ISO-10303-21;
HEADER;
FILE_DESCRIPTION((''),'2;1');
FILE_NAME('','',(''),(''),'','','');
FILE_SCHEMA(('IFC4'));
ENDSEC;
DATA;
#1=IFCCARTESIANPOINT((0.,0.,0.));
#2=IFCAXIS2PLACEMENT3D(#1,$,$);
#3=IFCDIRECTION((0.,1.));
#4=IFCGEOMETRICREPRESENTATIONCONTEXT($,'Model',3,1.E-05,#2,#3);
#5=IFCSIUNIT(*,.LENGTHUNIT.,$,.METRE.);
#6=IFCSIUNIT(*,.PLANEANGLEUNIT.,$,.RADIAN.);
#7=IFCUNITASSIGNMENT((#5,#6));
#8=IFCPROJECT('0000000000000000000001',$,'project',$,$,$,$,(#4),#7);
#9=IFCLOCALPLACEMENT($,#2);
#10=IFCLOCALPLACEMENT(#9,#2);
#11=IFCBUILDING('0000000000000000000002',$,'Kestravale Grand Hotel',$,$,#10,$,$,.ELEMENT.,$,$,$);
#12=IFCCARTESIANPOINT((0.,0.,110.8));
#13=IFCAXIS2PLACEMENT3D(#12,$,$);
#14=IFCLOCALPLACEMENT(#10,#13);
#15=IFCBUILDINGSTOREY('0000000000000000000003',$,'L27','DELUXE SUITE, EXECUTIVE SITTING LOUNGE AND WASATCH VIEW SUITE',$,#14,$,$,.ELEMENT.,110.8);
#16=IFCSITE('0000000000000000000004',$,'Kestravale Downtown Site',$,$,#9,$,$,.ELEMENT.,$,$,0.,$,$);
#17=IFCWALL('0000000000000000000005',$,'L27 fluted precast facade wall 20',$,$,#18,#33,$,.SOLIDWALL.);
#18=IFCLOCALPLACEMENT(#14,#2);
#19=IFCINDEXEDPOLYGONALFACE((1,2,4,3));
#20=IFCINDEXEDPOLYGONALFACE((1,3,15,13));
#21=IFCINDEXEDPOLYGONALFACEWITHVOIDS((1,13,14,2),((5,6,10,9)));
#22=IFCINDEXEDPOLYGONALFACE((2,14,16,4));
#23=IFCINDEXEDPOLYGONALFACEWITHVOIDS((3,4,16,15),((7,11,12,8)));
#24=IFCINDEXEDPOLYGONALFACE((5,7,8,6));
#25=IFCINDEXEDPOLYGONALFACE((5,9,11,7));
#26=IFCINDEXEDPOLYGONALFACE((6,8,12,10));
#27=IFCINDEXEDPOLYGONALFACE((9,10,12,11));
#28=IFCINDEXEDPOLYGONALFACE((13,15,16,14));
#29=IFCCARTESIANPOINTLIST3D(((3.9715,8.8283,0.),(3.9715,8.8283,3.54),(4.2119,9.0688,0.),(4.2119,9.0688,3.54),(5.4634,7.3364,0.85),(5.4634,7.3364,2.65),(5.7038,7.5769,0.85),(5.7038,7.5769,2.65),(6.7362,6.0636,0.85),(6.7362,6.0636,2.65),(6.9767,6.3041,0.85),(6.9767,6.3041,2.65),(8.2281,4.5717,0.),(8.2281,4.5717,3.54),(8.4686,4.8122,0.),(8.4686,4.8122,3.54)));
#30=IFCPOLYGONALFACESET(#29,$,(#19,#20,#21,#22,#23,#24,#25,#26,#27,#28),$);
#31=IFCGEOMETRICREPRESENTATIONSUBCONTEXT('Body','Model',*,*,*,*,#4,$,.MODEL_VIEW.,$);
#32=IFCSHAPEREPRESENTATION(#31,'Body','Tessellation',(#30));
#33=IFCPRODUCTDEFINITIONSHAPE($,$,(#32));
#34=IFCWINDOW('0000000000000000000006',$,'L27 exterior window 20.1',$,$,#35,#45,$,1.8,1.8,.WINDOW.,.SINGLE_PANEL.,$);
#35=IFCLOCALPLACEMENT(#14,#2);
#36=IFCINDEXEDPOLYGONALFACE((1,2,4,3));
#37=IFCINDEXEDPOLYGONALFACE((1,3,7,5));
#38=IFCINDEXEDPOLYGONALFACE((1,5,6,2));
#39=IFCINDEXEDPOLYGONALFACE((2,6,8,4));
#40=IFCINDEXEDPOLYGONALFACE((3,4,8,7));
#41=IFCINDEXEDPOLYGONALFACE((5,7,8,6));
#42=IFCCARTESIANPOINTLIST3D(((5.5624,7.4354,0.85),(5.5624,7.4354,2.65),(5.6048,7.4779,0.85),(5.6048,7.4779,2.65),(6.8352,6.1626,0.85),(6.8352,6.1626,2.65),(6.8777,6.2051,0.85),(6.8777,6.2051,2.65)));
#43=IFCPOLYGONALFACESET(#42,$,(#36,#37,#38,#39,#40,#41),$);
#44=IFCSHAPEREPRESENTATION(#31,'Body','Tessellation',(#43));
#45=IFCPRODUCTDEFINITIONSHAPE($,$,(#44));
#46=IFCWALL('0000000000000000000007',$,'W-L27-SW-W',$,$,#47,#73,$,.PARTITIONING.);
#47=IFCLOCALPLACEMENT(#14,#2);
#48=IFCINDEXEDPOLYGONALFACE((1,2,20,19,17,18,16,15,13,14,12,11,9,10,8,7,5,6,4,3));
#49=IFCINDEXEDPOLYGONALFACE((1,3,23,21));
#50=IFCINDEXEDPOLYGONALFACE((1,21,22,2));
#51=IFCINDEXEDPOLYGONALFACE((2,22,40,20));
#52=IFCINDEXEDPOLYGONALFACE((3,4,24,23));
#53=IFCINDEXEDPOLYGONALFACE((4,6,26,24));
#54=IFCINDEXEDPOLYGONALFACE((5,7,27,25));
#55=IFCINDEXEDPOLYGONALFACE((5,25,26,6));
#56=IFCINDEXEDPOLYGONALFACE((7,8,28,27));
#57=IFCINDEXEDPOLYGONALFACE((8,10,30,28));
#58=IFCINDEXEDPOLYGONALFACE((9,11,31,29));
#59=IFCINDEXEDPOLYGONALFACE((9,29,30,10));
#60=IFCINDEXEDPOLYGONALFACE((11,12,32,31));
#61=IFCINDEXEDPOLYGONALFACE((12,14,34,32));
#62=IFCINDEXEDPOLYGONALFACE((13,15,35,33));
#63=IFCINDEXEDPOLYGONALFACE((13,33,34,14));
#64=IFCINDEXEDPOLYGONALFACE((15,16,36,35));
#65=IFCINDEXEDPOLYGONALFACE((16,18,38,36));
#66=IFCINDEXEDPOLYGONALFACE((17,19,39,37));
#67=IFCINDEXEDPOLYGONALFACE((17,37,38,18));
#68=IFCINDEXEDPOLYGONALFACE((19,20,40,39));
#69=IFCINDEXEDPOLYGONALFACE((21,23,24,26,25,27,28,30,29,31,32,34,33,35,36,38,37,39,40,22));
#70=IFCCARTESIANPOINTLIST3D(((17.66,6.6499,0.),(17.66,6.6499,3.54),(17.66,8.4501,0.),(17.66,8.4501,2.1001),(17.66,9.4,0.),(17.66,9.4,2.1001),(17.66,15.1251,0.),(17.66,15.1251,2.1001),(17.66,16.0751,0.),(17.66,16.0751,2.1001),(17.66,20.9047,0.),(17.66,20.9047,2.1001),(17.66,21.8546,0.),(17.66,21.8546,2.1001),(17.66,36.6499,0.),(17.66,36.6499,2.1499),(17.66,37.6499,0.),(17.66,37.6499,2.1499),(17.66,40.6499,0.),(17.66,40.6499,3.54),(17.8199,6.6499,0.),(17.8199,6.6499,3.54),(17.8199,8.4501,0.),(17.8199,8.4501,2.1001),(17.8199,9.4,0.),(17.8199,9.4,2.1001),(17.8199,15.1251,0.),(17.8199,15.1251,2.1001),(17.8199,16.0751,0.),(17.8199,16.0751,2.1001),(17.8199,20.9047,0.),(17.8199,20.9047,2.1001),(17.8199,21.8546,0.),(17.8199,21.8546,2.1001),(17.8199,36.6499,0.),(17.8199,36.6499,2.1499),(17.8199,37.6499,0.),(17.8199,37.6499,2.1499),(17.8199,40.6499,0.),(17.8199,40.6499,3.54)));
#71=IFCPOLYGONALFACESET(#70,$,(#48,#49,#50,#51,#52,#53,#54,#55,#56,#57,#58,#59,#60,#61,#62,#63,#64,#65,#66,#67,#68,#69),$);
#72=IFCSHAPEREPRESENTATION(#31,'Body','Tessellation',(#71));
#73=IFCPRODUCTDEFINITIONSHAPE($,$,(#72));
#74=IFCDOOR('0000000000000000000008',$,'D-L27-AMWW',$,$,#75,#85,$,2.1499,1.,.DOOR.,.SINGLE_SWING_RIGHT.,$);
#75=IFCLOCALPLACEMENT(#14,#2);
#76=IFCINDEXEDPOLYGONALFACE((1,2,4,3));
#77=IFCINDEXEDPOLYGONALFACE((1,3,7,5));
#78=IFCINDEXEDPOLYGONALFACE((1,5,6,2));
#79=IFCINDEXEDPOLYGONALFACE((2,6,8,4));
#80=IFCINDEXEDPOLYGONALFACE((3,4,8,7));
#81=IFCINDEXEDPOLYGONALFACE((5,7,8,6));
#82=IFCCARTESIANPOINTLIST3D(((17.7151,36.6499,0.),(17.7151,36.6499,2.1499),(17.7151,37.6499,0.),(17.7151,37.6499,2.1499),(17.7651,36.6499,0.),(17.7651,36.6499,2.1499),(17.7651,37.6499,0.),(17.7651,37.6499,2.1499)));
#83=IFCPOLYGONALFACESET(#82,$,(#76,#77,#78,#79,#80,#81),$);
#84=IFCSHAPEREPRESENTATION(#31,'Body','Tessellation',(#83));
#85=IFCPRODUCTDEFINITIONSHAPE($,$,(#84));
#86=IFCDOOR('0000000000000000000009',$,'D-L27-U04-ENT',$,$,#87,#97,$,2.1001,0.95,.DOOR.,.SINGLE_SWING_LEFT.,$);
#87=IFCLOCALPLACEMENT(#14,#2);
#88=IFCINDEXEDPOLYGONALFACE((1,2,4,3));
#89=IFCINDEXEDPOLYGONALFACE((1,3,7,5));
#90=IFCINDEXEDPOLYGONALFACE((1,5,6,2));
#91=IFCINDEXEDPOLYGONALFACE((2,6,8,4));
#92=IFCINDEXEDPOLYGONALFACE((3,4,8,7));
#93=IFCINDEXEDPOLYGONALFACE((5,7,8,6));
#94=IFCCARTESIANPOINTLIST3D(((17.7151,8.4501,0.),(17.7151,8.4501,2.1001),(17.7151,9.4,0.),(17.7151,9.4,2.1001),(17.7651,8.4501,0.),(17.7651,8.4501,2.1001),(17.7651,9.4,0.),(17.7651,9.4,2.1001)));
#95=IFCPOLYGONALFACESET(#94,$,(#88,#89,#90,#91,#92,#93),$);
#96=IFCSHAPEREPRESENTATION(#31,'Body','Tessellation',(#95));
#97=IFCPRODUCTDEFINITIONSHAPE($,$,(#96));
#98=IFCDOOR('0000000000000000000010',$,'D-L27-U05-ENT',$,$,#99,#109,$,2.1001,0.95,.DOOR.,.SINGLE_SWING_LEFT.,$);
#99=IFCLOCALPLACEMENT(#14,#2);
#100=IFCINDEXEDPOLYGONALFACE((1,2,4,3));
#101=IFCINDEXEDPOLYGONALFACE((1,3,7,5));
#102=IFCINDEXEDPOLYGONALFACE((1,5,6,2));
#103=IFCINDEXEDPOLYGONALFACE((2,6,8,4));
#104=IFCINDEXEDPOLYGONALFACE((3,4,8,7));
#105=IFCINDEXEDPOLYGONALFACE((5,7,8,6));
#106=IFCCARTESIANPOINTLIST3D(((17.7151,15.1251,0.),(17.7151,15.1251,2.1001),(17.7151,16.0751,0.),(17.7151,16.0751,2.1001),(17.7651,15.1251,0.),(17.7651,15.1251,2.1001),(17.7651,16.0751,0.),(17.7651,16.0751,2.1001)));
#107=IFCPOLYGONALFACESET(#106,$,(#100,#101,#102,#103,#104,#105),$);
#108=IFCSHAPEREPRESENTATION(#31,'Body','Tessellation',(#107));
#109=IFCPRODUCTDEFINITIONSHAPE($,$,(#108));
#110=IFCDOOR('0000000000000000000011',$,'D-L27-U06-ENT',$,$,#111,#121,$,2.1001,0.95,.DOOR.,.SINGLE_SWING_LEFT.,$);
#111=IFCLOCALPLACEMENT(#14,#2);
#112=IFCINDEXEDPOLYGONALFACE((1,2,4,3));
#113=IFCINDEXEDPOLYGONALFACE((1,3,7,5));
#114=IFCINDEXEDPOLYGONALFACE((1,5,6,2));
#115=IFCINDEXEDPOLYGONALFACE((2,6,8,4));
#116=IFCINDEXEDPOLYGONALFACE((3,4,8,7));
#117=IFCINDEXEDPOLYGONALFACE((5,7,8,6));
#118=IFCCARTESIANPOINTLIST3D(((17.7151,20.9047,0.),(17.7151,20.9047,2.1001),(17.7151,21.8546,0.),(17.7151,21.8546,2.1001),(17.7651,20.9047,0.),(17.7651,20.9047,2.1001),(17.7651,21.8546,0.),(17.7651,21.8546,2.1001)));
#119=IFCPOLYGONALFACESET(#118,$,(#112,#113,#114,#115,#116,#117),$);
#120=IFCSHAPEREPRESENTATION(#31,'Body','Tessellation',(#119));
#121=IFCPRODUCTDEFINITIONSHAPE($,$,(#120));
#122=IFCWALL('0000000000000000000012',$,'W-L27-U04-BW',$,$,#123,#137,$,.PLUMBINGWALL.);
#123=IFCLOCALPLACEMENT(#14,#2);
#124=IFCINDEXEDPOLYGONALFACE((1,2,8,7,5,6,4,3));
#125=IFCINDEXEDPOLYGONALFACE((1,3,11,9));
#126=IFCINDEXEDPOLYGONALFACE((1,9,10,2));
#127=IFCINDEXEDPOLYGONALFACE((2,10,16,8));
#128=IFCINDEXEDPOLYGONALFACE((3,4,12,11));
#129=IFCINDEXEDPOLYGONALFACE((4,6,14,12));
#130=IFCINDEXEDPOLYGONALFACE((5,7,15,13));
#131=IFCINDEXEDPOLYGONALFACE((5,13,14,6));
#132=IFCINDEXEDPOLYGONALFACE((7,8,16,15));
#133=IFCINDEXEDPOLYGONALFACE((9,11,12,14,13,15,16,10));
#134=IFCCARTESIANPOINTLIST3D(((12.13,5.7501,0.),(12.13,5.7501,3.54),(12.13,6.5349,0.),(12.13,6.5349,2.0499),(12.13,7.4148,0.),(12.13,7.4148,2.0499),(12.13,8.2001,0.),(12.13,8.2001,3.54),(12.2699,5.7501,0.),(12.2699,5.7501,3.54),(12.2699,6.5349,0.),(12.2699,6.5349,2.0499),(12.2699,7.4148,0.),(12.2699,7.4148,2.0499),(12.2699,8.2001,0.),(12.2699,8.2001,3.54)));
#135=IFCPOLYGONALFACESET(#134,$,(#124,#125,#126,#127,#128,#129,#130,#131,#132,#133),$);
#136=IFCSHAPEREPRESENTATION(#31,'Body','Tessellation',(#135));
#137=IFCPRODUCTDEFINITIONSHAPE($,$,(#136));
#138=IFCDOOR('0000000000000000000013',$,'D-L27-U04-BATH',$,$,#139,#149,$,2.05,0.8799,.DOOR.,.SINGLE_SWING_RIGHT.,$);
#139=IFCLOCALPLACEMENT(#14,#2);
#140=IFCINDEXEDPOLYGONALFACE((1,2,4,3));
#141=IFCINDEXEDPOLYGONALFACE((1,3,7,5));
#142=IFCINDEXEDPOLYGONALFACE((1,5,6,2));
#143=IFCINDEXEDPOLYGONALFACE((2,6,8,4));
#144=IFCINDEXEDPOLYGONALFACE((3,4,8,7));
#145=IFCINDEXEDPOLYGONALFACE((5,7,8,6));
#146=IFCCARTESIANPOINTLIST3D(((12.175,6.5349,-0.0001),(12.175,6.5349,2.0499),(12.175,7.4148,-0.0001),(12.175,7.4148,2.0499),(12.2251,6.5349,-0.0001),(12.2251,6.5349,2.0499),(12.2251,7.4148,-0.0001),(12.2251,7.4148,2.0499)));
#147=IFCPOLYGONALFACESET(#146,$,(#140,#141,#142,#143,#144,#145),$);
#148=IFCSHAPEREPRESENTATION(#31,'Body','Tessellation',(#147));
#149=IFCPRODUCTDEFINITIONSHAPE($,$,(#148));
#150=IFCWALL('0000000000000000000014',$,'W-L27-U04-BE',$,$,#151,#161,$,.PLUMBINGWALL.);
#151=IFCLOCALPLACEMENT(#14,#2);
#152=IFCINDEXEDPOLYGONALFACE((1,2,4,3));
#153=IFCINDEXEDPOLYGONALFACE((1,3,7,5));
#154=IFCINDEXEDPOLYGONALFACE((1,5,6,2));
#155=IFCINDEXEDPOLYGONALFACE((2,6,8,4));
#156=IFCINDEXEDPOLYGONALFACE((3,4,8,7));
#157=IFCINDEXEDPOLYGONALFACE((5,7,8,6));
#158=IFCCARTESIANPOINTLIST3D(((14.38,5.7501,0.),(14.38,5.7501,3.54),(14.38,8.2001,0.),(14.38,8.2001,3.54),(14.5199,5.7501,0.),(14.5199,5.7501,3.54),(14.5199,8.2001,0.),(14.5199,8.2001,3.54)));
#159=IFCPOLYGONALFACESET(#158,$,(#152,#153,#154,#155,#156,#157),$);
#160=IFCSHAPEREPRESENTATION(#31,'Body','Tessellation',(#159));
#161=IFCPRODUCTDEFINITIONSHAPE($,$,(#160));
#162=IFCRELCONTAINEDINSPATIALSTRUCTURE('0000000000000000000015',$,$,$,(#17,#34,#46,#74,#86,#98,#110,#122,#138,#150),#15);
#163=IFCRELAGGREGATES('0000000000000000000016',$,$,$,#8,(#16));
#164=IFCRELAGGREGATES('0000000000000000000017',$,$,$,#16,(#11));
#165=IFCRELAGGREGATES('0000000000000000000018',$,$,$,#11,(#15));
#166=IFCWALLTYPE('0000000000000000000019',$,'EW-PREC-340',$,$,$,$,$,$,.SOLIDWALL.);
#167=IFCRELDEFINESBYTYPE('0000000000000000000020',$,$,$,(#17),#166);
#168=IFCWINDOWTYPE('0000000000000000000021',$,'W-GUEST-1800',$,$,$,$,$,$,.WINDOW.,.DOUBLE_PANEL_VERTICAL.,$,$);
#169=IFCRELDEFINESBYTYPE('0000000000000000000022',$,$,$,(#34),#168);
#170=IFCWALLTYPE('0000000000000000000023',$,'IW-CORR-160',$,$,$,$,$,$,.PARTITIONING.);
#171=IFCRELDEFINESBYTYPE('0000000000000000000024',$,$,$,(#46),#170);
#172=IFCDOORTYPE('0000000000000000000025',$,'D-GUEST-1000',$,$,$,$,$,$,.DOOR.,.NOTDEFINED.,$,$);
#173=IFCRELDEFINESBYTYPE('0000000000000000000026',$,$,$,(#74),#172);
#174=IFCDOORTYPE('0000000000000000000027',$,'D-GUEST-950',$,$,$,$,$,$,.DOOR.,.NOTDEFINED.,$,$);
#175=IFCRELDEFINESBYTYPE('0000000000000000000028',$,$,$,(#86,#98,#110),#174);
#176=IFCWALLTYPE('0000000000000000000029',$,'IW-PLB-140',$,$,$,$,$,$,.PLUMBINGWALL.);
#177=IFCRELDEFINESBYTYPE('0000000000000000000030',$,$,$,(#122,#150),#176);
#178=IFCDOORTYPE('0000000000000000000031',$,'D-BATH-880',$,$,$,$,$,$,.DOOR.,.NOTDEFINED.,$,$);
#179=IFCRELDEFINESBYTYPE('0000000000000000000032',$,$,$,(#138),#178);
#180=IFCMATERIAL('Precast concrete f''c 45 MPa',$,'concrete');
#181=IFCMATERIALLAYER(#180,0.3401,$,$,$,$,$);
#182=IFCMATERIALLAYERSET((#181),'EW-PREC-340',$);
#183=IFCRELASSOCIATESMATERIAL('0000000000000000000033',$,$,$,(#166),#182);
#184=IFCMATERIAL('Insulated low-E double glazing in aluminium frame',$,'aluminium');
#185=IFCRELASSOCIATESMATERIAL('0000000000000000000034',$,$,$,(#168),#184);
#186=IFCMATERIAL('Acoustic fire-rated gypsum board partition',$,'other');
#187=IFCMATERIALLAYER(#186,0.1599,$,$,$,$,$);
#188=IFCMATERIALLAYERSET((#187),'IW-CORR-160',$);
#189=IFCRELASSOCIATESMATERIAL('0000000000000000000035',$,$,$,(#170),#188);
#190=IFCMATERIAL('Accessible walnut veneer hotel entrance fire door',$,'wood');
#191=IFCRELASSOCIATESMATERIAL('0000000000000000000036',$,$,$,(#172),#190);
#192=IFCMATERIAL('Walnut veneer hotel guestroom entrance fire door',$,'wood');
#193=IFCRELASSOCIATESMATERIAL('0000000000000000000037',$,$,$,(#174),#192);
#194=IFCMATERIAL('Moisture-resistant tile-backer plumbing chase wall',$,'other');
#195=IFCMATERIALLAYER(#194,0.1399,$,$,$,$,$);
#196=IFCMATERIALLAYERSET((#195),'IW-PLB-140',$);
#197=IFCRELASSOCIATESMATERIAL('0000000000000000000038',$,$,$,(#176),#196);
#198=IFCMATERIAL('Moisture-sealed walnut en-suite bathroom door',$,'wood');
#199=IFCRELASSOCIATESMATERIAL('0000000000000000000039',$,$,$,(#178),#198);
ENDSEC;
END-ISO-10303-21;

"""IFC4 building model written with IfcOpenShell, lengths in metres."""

from ifc_helpers import new_model, si_unit, direction, frame, frame_2d, origin, place, context, subcontext, project, spatial, rectangle, extrude, material, layer, layer_set, type_object, element, fill, save


model = new_model("IFC4")

# Units and contexts
model_context = context("Model", 3, precision=1e-05, world=origin(), true_north=direction((0.0, 1.0)))
body_context = subcontext(model_context, "Body", "Model", "MODEL_VIEW")
ifc_project = project(units=[si_unit("LENGTHUNIT", "METRE"), si_unit("PLANEANGLEUNIT", "RADIAN")], contexts=[model_context])

# Site, building, storey
site_placement = place(None, origin())
site = spatial("IfcSite", under=ifc_project, at=site_placement, Name="Kestravale Downtown Site", CompositionType="ELEMENT", RefElevation=0.0)
building_placement = place(site_placement, origin())
building = spatial("IfcBuilding", under=site, at=building_placement, Name="Kestravale Grand Hotel", CompositionType="ELEMENT")
storey_placement = place(building_placement, frame((0.0, 0.0, 110.8)))
storey = spatial("IfcBuildingStorey", under=building, at=storey_placement, Name="L27", Description="DELUXE SUITE, EXECUTIVE SITTING LOUNGE AND WASATCH VIEW SUITE", CompositionType="ELEMENT", Elevation=110.8)

# Wall, opening, window
ifc_material_1 = material(Name="Precast concrete f'c 45 MPa", Category="concrete")
ifc_layer_1 = layer(ifc_material_1, 0.3401)
ifc_layer_set_1 = layer_set([ifc_layer_1], Name="EW-PREC-340")
wall_type_1 = type_object("IfcWallType", Name="EW-PREC-340", PredefinedType="SOLIDWALL", material=ifc_layer_set_1)
ifc_material_2 = material(Name="Insulated low-E double glazing in aluminium frame", Category="aluminium")
window_type = type_object("IfcWindowType", Name="W-GUEST-1800", PartitioningType="DOUBLE_PANEL_VERTICAL", PredefinedType="WINDOW", material=ifc_material_2)
wall_1_placement = place(storey_placement, frame((4.0918, 8.9485, 0.0), z_axis=(0.0, 0.0, 1.0), x_axis=(0.707107, -0.707107, 0.0)))
wall_1 = element("IfcWall", 1, at=wall_1_placement, inside=storey, type_object=wall_type_1, Name="L27 fluted precast facade wall 20", PredefinedType="SOLIDWALL", context=body_context, shape_type="SweptSolid", body=[
    extrude(rectangle(XDim=6.0198, YDim=0.3401, at=frame_2d((3.0098, 0.0))), origin(), (0.0, 0.0, 1.0), 3.54),
])
opening_1_placement = place(wall_1_placement, frame((2.1099, 0.0, 0.8501)))
opening_1 = element("IfcOpeningElement", 2, at=opening_1_placement, cuts=wall_1, PredefinedType="OPENING", context=body_context, shape_type="SweptSolid", body=[
    extrude(rectangle(XDim=1.8, YDim=1.8, at=frame_2d((0.8999, 0.8999))), frame((0.0, 0.1799, 0.0), z_axis=(0.0, -1.0, 0.0), x_axis=(1.0, 0.0, 0.0)), (0.0, 0.0, 1.0), 0.3601),
])
window_1_placement = place(opening_1_placement, origin())
window_1 = element("IfcWindow", 3, at=window_1_placement, inside=storey, type_object=window_type, Name="L27 exterior window 20.1", OverallHeight=1.8, OverallWidth=1.8, PartitioningType="SINGLE_PANEL", PredefinedType="WINDOW", context=body_context, shape_type="SweptSolid", body=[
    extrude(rectangle(XDim=1.8, YDim=1.8, at=frame_2d((0.8999, 0.8999))), frame((0.0, 0.03, 0.0), z_axis=(0.0, -1.0, 0.0), x_axis=(1.0, 0.0, 0.0)), (0.0, 0.0, 1.0), 0.0601),
])
fill(opening_1, window_1)

# Wall, openings, doors
ifc_material_3 = material(Name="Acoustic fire-rated gypsum board partition", Category="other")
ifc_layer_2 = layer(ifc_material_3, 0.1599)
ifc_layer_set_2 = layer_set([ifc_layer_2], Name="IW-CORR-160")
wall_type_2 = type_object("IfcWallType", Name="IW-CORR-160", PredefinedType="PARTITIONING", material=ifc_layer_set_2)
wall_2_placement = place(storey_placement, frame((17.74, 6.6499, 0.0), z_axis=(0.0, 0.0, 1.0), x_axis=(0.0, 1.0, 0.0)))
wall_2 = element("IfcWall", 4, at=wall_2_placement, inside=storey, type_object=wall_type_2, Name="W-L27-SW-W", PredefinedType="PARTITIONING", context=body_context, shape_type="SweptSolid", body=[
    extrude(rectangle(XDim=34.0, YDim=0.1599, at=frame_2d((17.0, 0.0))), origin(), (0.0, 0.0, 1.0), 3.54),
])
opening_2_placement = place(wall_2_placement, frame((1.8, 0.0, 0.0)))
opening_2 = element("IfcOpeningElement", 5, at=opening_2_placement, cuts=wall_2, PredefinedType="OPENING", context=body_context, shape_type="SweptSolid", body=[
    extrude(rectangle(XDim=0.95, YDim=2.1001, at=frame_2d((0.4751, 1.05))), frame((0.0, 0.0898, 0.0), z_axis=(0.0, -1.0, 0.0), x_axis=(1.0, 0.0, 0.0)), (0.0, 0.0, 1.0), 0.1799),
])
opening_3_placement = place(wall_2_placement, frame((8.4751, 0.0, 0.0)))
opening_3 = element("IfcOpeningElement", 6, at=opening_3_placement, cuts=wall_2, PredefinedType="OPENING", context=body_context, shape_type="SweptSolid", body=[
    extrude(rectangle(XDim=0.95, YDim=2.1001, at=frame_2d((0.4751, 1.05))), frame((0.0, 0.0898, 0.0), z_axis=(0.0, -1.0, 0.0), x_axis=(1.0, 0.0, 0.0)), (0.0, 0.0, 1.0), 0.1799),
])
opening_4_placement = place(wall_2_placement, frame((14.2546, 0.0, 0.0)))
opening_4 = element("IfcOpeningElement", 7, at=opening_4_placement, cuts=wall_2, PredefinedType="OPENING", context=body_context, shape_type="SweptSolid", body=[
    extrude(rectangle(XDim=0.95, YDim=2.1001, at=frame_2d((0.4751, 1.05))), frame((0.0, 0.0898, 0.0), z_axis=(0.0, -1.0, 0.0), x_axis=(1.0, 0.0, 0.0)), (0.0, 0.0, 1.0), 0.1799),
])
opening_5_placement = place(wall_2_placement, frame((30.0, 0.0, 0.0)))
opening_5 = element("IfcOpeningElement", 8, at=opening_5_placement, cuts=wall_2, PredefinedType="OPENING", context=body_context, shape_type="SweptSolid", body=[
    extrude(rectangle(XDim=1.0, YDim=2.1499, at=frame_2d((0.5, 1.075))), frame((0.0, 0.0898, 0.0), z_axis=(0.0, -1.0, 0.0), x_axis=(1.0, 0.0, 0.0)), (0.0, 0.0, 1.0), 0.1799),
])
ifc_material_4 = material(Name="Accessible walnut veneer hotel entrance fire door", Category="wood")
door_type_1 = type_object("IfcDoorType", Name="D-GUEST-1000", OperationType="NOTDEFINED", PredefinedType="DOOR", material=ifc_material_4)
door_1_placement = place(opening_5_placement, origin())
door_1 = element("IfcDoor", 9, at=door_1_placement, inside=storey, type_object=door_type_1, Name="D-L27-AMWW", OperationType="SINGLE_SWING_RIGHT", OverallHeight=2.1499, OverallWidth=1.0, PredefinedType="DOOR", context=body_context, shape_type="SweptSolid", body=[
    extrude(rectangle(XDim=1.0, YDim=2.1499, at=frame_2d((0.5, 1.075))), frame((0.0, 0.0249, 0.0), z_axis=(0.0, -1.0, 0.0), x_axis=(1.0, 0.0, 0.0)), (0.0, 0.0, 1.0), 0.05),
])
fill(opening_5, door_1)
ifc_material_5 = material(Name="Walnut veneer hotel guestroom entrance fire door", Category="wood")
door_type_2 = type_object("IfcDoorType", Name="D-GUEST-950", OperationType="NOTDEFINED", PredefinedType="DOOR", material=ifc_material_5)
door_2_placement = place(opening_2_placement, origin())
door_2 = element("IfcDoor", 10, at=door_2_placement, inside=storey, type_object=door_type_2, Name="D-L27-U04-ENT", OperationType="SINGLE_SWING_LEFT", OverallHeight=2.1001, OverallWidth=0.95, PredefinedType="DOOR", context=body_context, shape_type="SweptSolid", body=[
    extrude(rectangle(XDim=0.95, YDim=2.1001, at=frame_2d((0.4751, 1.05))), frame((0.0, 0.0249, 0.0), z_axis=(0.0, -1.0, 0.0), x_axis=(1.0, 0.0, 0.0)), (0.0, 0.0, 1.0), 0.05),
])
fill(opening_2, door_2)
door_3_placement = place(opening_3_placement, origin())
door_3 = element("IfcDoor", 11, at=door_3_placement, inside=storey, type_object=door_type_2, Name="D-L27-U05-ENT", OperationType="SINGLE_SWING_LEFT", OverallHeight=2.1001, OverallWidth=0.95, PredefinedType="DOOR", context=body_context, shape_type="SweptSolid", body=[
    extrude(rectangle(XDim=0.95, YDim=2.1001, at=frame_2d((0.4751, 1.05))), frame((0.0, 0.0249, 0.0), z_axis=(0.0, -1.0, 0.0), x_axis=(1.0, 0.0, 0.0)), (0.0, 0.0, 1.0), 0.05),
])
fill(opening_3, door_3)
door_4_placement = place(opening_4_placement, origin())
door_4 = element("IfcDoor", 12, at=door_4_placement, inside=storey, type_object=door_type_2, Name="D-L27-U06-ENT", OperationType="SINGLE_SWING_LEFT", OverallHeight=2.1001, OverallWidth=0.95, PredefinedType="DOOR", context=body_context, shape_type="SweptSolid", body=[
    extrude(rectangle(XDim=0.95, YDim=2.1001, at=frame_2d((0.4751, 1.05))), frame((0.0, 0.0249, 0.0), z_axis=(0.0, -1.0, 0.0), x_axis=(1.0, 0.0, 0.0)), (0.0, 0.0, 1.0), 0.05),
])
fill(opening_4, door_4)

# Wall, opening, door
ifc_material_6 = material(Name="Moisture-resistant tile-backer plumbing chase wall", Category="other")
ifc_layer_3 = layer(ifc_material_6, 0.1399)
ifc_layer_set_3 = layer_set([ifc_layer_3], Name="IW-PLB-140")
wall_type_3 = type_object("IfcWallType", Name="IW-PLB-140", PredefinedType="PLUMBINGWALL", material=ifc_layer_set_3)
wall_3_placement = place(storey_placement, frame((12.2, 5.75, 0.0), z_axis=(0.0, 0.0, 1.0), x_axis=(0.0, 1.0, 0.0)))
wall_3 = element("IfcWall", 13, at=wall_3_placement, inside=storey, type_object=wall_type_3, Name="W-L27-U04-BW", PredefinedType="PLUMBINGWALL", context=body_context, shape_type="SweptSolid", body=[
    extrude(rectangle(XDim=2.45, YDim=0.1399, at=frame_2d((1.2251, 0.0))), origin(), (0.0, 0.0, 1.0), 3.54),
])
opening_6_placement = place(wall_3_placement, frame((0.7849, 0.0, 0.0)))
opening_6 = element("IfcOpeningElement", 14, at=opening_6_placement, cuts=wall_3, PredefinedType="OPENING", context=body_context, shape_type="SweptSolid", body=[
    extrude(rectangle(XDim=0.8799, YDim=2.05, at=frame_2d((0.4399, 1.0249))), frame((0.0, 0.0798, 0.0), z_axis=(0.0, -1.0, 0.0), x_axis=(1.0, 0.0, 0.0)), (0.0, 0.0, 1.0), 0.1599),
])
ifc_material_7 = material(Name="Moisture-sealed walnut en-suite bathroom door", Category="wood")
door_type_3 = type_object("IfcDoorType", Name="D-BATH-880", OperationType="NOTDEFINED", PredefinedType="DOOR", material=ifc_material_7)
door_5_placement = place(opening_6_placement, origin())
door_5 = element("IfcDoor", 15, at=door_5_placement, inside=storey, type_object=door_type_3, Name="D-L27-U04-BATH", OperationType="SINGLE_SWING_RIGHT", OverallHeight=2.05, OverallWidth=0.8799, PredefinedType="DOOR", context=body_context, shape_type="SweptSolid", body=[
    extrude(rectangle(XDim=0.8799, YDim=2.05, at=frame_2d((0.4399, 1.0249))), frame((0.0, 0.0249, 0.0), z_axis=(0.0, -1.0, 0.0), x_axis=(1.0, 0.0, 0.0)), (0.0, 0.0, 1.0), 0.05),
])
fill(opening_6, door_5)

# Wall
wall_4_placement = place(storey_placement, frame((14.45, 5.75, 0.0), z_axis=(0.0, 0.0, 1.0), x_axis=(0.0, 1.0, 0.0)))
element("IfcWall", 16, at=wall_4_placement, inside=storey, type_object=wall_type_3, Name="W-L27-U04-BE", PredefinedType="PLUMBINGWALL", context=body_context, shape_type="SweptSolid", body=[
    extrude(rectangle(XDim=2.45, YDim=0.1399, at=frame_2d((1.2251, 0.0))), origin(), (0.0, 0.0, 1.0), 3.54),
])

save(model, "model.ifc")
